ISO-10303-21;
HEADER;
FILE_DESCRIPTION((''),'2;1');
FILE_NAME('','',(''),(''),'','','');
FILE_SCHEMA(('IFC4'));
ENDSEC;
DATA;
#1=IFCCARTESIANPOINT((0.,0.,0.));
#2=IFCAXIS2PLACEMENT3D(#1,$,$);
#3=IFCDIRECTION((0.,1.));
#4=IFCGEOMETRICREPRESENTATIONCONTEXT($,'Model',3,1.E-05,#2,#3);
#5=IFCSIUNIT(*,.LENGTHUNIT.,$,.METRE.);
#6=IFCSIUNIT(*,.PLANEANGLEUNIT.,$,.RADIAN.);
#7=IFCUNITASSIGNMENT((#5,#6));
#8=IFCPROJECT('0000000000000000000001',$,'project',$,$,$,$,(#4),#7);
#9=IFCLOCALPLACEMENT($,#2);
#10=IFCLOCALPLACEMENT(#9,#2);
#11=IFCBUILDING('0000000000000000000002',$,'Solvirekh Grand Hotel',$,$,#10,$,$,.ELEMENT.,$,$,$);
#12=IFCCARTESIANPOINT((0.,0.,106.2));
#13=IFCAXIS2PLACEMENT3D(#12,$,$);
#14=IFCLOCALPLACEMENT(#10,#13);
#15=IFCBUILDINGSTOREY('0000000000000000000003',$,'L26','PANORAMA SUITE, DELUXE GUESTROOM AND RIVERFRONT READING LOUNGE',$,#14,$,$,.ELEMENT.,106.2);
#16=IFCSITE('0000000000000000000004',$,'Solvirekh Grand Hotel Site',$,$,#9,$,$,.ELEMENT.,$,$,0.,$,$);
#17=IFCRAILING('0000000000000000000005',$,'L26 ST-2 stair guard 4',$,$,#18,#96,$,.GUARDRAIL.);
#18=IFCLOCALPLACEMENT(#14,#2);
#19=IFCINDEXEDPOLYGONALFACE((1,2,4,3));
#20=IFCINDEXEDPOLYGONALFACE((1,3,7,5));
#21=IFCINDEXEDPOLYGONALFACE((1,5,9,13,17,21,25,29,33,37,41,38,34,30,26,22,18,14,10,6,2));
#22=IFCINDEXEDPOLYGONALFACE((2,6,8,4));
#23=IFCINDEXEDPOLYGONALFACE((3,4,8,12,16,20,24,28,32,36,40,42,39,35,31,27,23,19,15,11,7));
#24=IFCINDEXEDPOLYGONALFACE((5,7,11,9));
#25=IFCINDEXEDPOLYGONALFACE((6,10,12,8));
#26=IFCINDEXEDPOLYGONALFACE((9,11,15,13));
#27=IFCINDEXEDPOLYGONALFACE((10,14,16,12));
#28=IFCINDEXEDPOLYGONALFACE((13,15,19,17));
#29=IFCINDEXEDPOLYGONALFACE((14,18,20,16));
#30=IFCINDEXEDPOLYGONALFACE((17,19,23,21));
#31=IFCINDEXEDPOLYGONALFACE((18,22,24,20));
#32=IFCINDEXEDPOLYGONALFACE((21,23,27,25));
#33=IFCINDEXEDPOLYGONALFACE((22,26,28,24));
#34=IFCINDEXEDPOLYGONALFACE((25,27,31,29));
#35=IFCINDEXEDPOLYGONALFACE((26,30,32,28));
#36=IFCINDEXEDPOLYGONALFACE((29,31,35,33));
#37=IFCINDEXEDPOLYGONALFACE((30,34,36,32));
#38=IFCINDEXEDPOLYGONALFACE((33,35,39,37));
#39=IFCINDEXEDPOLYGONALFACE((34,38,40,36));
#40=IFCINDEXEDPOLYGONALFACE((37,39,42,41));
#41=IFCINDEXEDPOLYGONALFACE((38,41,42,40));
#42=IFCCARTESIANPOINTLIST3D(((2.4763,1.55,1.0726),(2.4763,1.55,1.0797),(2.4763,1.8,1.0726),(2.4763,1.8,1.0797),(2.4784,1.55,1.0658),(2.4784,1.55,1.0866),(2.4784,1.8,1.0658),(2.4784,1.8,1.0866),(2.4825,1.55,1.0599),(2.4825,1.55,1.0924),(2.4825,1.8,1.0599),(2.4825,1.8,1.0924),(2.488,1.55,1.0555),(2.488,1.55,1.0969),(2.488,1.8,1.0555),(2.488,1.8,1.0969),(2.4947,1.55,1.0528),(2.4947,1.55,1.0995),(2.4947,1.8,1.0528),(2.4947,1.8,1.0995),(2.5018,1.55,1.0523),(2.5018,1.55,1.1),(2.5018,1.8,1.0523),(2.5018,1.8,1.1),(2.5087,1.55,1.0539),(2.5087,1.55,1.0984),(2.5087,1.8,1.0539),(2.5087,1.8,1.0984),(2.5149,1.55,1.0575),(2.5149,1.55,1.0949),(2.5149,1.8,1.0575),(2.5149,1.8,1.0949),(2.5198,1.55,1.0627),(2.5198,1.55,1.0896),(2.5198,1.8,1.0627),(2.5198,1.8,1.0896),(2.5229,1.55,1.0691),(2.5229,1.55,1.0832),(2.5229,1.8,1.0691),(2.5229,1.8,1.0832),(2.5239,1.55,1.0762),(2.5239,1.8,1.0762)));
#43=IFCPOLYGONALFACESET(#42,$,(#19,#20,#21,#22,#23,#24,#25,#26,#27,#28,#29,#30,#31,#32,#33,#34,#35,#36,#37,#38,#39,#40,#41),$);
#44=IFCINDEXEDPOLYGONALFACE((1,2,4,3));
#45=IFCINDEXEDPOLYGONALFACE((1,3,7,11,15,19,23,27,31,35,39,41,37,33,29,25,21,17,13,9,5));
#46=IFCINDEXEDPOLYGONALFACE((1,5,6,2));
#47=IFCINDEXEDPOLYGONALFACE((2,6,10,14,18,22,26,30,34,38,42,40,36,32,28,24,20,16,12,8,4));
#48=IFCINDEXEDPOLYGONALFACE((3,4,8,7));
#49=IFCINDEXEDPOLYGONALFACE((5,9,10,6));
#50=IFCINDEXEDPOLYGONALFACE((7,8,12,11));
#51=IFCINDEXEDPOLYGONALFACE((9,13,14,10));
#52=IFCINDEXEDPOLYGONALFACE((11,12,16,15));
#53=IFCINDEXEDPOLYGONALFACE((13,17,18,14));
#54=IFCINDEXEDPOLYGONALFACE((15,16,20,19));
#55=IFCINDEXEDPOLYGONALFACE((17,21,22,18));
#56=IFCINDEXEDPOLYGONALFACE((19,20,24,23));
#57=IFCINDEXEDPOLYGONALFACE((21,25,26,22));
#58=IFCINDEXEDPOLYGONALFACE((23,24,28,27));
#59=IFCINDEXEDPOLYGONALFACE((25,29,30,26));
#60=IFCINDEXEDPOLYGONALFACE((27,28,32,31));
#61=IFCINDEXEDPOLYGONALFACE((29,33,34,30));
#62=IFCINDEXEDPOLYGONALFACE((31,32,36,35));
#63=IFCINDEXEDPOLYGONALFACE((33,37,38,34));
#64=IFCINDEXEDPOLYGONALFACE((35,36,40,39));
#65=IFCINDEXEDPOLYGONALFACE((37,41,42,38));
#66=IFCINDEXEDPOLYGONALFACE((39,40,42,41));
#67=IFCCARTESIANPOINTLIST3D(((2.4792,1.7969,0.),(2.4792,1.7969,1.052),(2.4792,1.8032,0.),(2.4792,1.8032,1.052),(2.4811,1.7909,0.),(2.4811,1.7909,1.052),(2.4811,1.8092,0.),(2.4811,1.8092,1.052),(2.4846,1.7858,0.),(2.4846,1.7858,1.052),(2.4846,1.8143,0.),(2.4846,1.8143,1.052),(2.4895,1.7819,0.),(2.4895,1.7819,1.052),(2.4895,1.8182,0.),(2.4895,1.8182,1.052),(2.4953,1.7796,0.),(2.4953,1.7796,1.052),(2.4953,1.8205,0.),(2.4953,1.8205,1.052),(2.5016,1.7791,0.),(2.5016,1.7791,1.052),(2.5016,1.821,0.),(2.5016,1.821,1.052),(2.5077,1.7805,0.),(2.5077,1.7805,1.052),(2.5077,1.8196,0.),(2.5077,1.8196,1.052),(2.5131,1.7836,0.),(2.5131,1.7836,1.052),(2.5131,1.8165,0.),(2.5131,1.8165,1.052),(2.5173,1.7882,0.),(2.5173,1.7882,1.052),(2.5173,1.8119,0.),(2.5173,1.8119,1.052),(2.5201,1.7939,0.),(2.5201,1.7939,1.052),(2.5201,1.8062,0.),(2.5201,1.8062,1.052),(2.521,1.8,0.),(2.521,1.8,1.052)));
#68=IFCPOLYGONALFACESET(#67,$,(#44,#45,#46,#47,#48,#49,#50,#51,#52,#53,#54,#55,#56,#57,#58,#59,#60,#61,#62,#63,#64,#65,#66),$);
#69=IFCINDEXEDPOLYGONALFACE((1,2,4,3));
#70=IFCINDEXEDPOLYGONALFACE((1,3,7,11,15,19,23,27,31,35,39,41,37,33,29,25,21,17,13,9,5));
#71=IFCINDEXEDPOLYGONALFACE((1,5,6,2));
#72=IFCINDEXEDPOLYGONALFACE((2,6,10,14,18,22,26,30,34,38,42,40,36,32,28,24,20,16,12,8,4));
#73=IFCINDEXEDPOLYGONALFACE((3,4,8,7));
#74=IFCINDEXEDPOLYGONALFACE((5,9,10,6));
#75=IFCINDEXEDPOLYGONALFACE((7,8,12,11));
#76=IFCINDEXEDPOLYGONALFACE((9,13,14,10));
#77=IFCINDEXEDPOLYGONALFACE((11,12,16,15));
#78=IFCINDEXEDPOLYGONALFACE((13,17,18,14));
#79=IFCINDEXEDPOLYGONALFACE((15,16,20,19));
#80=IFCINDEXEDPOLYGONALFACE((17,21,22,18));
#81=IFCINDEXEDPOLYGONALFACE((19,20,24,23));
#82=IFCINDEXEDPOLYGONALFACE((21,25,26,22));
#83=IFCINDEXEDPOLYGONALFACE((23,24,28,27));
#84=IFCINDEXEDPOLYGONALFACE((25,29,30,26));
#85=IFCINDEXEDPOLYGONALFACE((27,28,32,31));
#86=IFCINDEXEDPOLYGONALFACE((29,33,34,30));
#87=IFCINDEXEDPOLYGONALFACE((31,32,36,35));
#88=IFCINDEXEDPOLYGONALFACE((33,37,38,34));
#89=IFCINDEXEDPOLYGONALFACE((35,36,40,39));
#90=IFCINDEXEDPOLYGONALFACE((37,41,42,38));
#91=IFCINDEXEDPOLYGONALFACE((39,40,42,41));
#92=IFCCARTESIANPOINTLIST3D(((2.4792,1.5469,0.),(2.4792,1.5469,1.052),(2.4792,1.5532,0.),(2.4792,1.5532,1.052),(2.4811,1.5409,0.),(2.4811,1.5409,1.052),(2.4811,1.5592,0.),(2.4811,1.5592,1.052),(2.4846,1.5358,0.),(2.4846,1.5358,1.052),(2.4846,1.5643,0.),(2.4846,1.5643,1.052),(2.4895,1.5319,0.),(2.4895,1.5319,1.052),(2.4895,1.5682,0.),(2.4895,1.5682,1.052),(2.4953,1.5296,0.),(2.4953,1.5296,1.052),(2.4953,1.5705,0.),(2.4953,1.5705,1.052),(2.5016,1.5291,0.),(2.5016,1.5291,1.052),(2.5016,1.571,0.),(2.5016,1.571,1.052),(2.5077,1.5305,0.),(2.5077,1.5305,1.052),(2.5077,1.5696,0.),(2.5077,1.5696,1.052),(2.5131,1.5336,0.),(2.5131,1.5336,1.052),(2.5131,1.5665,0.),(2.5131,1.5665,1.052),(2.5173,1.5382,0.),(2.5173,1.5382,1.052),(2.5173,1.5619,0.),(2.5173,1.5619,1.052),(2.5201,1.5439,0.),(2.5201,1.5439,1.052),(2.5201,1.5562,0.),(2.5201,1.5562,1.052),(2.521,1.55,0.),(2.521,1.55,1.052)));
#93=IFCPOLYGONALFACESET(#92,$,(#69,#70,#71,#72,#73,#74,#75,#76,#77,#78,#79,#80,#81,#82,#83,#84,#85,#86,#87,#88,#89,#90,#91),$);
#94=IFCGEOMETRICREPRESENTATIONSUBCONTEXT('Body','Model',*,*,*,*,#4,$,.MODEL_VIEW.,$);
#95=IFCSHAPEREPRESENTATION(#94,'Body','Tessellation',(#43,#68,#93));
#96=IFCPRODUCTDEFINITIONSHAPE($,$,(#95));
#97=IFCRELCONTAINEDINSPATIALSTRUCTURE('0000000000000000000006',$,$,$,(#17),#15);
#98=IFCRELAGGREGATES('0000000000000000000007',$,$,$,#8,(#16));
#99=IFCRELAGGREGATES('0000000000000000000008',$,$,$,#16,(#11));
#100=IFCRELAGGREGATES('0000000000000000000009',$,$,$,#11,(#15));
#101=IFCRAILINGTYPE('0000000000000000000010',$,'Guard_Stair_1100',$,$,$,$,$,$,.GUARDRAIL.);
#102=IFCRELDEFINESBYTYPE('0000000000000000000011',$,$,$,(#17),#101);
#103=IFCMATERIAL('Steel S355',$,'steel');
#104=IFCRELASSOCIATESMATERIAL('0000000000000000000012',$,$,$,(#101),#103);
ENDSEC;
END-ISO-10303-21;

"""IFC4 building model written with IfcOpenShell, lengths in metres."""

from ifc_helpers import new_model, si_unit, direction, frame, origin, origin_2d, place, context, subcontext, project, spatial, circle, extrude, material, type_object, element, save


model = new_model("IFC4")

# Units and contexts
model_context = context("Model", 3, precision=1e-05, world=origin(), true_north=direction((0.0, 1.0)))
body_context = subcontext(model_context, "Body", "Model", "MODEL_VIEW")
ifc_project = project(units=[si_unit("LENGTHUNIT", "METRE"), si_unit("PLANEANGLEUNIT", "RADIAN")], contexts=[model_context])

# Site, building, storey
site_placement = place(None, origin())
site = spatial("IfcSite", under=ifc_project, at=site_placement, Name="Solvirekh Grand Hotel Site", CompositionType="ELEMENT", RefElevation=0.0)
building_placement = place(site_placement, origin())
building = spatial("IfcBuilding", under=site, at=building_placement, Name="Solvirekh Grand Hotel", CompositionType="ELEMENT")
storey_placement = place(building_placement, frame((0.0, 0.0, 106.2)))
storey = spatial("IfcBuildingStorey", under=building, at=storey_placement, Name="L26", Description="PANORAMA SUITE, DELUXE GUESTROOM AND RIVERFRONT READING LOUNGE", CompositionType="ELEMENT", Elevation=106.2)

# Shared definitions
ifc_material_1 = material(Name="Steel S355", Category="steel")

# Railing
railing_type_1 = type_object("IfcRailingType", Name="Guard_Stair_1100", PredefinedType="GUARDRAIL", material=ifc_material_1)
railing_1_placement = place(storey_placement, frame((2.5, 1.8, 0.0)))
element("IfcRailing", 1, at=railing_1_placement, inside=storey, type_object=railing_type_1, Name="L26 ST-2 stair guard 4", PredefinedType="GUARDRAIL", context=body_context, shape_type="SweptSolid", body=[
    extrude(circle(Radius=0.0239, at=origin_2d()), frame((0.0, 0.0, 1.0762), z_axis=(0.0, -1.0, 0.0), x_axis=(1.0, 0.0, 0.0)), (0.0, 0.0, 1.0), 0.25),
    extrude(circle(Radius=0.021, at=origin_2d()), origin(), (0.0, 0.0, 1.0), 1.052),
    extrude(circle(Radius=0.021, at=origin_2d()), frame((0.0, -0.25, 0.0)), (0.0, 0.0, 1.0), 1.052),
])

save(model, "model.ifc")
